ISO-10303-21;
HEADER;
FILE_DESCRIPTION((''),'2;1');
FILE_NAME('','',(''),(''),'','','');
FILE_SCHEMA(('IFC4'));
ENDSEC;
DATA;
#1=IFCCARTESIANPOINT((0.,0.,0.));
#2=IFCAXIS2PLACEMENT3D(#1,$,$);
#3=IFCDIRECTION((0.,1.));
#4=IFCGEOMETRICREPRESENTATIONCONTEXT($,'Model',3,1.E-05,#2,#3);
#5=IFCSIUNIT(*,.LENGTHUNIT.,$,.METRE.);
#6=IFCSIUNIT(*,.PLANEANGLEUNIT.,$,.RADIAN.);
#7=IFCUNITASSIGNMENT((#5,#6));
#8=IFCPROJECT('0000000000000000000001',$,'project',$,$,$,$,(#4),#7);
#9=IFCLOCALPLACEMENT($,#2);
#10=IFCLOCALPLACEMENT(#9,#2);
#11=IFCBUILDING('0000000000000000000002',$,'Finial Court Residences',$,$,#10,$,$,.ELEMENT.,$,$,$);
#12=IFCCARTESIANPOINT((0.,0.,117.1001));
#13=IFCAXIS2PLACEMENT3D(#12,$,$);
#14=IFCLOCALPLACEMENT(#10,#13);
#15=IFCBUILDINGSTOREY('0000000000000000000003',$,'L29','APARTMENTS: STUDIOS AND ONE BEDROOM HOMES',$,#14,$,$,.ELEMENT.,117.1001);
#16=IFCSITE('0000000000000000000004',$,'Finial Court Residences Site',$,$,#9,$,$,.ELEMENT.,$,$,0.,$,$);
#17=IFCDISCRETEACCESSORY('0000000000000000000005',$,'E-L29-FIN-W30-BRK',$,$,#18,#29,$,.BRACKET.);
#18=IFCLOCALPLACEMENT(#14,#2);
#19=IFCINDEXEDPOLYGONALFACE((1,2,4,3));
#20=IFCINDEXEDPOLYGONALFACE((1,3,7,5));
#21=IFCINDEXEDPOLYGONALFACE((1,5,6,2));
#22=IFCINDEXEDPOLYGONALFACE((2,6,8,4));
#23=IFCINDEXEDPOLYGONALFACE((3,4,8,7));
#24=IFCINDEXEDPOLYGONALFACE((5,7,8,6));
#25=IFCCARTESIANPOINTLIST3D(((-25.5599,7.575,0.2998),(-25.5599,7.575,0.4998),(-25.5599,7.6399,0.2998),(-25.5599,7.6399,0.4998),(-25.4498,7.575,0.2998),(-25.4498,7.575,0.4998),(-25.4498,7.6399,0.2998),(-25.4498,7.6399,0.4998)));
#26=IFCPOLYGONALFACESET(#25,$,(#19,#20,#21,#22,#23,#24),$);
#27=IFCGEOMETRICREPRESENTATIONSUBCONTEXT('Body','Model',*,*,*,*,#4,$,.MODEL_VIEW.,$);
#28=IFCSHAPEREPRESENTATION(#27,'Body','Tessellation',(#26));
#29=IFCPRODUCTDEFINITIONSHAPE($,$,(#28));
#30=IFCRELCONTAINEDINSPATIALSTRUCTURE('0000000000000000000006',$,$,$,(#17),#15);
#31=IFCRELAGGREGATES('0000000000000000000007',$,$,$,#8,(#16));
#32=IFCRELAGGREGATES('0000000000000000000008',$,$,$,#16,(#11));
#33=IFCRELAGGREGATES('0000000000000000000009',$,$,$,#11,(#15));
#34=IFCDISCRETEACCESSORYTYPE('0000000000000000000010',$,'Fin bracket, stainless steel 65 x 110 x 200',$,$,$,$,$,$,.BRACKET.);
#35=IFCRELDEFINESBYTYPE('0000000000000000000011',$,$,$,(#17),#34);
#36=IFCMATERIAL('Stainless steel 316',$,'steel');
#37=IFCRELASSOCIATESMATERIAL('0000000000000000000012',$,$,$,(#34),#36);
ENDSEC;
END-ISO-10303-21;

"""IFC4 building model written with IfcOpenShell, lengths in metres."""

from ifc_helpers import new_model, si_unit, direction, frame, origin, origin_2d, place, context, subcontext, project, spatial, rectangle, extrude, material, type_object, element, save


model = new_model("IFC4")

# Units and contexts
model_context = context("Model", 3, precision=1e-05, world=origin(), true_north=direction((0.0, 1.0)))
body_context = subcontext(model_context, "Body", "Model", "MODEL_VIEW")
ifc_project = project(units=[si_unit("LENGTHUNIT", "METRE"), si_unit("PLANEANGLEUNIT", "RADIAN")], contexts=[model_context])

# Site, building, storey
site_placement = place(None, origin())
site = spatial("IfcSite", under=ifc_project, at=site_placement, Name="Finial Court Residences Site", CompositionType="ELEMENT", RefElevation=0.0)
building_placement = place(site_placement, origin())
building = spatial("IfcBuilding", under=site, at=building_placement, Name="Finial Court Residences", CompositionType="ELEMENT")
storey_placement = place(building_placement, frame((0.0, 0.0, 117.1001)))
storey = spatial("IfcBuildingStorey", under=building, at=storey_placement, Name="L29", Description="APARTMENTS: STUDIOS AND ONE BEDROOM HOMES", CompositionType="ELEMENT", Elevation=117.1001)

# Discrete accessory
ifc_material_1 = material(Name="Stainless steel 316", Category="steel")
discrete_accessory_type = type_object("IfcDiscreteAccessoryType", Name="Fin bracket, stainless steel 65 x 110 x 200", PredefinedType="BRACKET", material=ifc_material_1)
discrete_accessory_placement = place(storey_placement, frame((-25.5049, 7.6074, 0.2998), z_axis=(0.0, 0.0, 1.0), x_axis=(1.0, 0.0, 0.0)))
element("IfcDiscreteAccessory", 1, at=discrete_accessory_placement, inside=storey, type_object=discrete_accessory_type, Name="E-L29-FIN-W30-BRK", PredefinedType="BRACKET", context=body_context, shape_type="SweptSolid", body=[
    extrude(rectangle(XDim=0.1101, YDim=0.0649, at=origin_2d()), origin(), (0.0, 0.0, 1.0), 0.2),
])

save(model, "model.ifc")
